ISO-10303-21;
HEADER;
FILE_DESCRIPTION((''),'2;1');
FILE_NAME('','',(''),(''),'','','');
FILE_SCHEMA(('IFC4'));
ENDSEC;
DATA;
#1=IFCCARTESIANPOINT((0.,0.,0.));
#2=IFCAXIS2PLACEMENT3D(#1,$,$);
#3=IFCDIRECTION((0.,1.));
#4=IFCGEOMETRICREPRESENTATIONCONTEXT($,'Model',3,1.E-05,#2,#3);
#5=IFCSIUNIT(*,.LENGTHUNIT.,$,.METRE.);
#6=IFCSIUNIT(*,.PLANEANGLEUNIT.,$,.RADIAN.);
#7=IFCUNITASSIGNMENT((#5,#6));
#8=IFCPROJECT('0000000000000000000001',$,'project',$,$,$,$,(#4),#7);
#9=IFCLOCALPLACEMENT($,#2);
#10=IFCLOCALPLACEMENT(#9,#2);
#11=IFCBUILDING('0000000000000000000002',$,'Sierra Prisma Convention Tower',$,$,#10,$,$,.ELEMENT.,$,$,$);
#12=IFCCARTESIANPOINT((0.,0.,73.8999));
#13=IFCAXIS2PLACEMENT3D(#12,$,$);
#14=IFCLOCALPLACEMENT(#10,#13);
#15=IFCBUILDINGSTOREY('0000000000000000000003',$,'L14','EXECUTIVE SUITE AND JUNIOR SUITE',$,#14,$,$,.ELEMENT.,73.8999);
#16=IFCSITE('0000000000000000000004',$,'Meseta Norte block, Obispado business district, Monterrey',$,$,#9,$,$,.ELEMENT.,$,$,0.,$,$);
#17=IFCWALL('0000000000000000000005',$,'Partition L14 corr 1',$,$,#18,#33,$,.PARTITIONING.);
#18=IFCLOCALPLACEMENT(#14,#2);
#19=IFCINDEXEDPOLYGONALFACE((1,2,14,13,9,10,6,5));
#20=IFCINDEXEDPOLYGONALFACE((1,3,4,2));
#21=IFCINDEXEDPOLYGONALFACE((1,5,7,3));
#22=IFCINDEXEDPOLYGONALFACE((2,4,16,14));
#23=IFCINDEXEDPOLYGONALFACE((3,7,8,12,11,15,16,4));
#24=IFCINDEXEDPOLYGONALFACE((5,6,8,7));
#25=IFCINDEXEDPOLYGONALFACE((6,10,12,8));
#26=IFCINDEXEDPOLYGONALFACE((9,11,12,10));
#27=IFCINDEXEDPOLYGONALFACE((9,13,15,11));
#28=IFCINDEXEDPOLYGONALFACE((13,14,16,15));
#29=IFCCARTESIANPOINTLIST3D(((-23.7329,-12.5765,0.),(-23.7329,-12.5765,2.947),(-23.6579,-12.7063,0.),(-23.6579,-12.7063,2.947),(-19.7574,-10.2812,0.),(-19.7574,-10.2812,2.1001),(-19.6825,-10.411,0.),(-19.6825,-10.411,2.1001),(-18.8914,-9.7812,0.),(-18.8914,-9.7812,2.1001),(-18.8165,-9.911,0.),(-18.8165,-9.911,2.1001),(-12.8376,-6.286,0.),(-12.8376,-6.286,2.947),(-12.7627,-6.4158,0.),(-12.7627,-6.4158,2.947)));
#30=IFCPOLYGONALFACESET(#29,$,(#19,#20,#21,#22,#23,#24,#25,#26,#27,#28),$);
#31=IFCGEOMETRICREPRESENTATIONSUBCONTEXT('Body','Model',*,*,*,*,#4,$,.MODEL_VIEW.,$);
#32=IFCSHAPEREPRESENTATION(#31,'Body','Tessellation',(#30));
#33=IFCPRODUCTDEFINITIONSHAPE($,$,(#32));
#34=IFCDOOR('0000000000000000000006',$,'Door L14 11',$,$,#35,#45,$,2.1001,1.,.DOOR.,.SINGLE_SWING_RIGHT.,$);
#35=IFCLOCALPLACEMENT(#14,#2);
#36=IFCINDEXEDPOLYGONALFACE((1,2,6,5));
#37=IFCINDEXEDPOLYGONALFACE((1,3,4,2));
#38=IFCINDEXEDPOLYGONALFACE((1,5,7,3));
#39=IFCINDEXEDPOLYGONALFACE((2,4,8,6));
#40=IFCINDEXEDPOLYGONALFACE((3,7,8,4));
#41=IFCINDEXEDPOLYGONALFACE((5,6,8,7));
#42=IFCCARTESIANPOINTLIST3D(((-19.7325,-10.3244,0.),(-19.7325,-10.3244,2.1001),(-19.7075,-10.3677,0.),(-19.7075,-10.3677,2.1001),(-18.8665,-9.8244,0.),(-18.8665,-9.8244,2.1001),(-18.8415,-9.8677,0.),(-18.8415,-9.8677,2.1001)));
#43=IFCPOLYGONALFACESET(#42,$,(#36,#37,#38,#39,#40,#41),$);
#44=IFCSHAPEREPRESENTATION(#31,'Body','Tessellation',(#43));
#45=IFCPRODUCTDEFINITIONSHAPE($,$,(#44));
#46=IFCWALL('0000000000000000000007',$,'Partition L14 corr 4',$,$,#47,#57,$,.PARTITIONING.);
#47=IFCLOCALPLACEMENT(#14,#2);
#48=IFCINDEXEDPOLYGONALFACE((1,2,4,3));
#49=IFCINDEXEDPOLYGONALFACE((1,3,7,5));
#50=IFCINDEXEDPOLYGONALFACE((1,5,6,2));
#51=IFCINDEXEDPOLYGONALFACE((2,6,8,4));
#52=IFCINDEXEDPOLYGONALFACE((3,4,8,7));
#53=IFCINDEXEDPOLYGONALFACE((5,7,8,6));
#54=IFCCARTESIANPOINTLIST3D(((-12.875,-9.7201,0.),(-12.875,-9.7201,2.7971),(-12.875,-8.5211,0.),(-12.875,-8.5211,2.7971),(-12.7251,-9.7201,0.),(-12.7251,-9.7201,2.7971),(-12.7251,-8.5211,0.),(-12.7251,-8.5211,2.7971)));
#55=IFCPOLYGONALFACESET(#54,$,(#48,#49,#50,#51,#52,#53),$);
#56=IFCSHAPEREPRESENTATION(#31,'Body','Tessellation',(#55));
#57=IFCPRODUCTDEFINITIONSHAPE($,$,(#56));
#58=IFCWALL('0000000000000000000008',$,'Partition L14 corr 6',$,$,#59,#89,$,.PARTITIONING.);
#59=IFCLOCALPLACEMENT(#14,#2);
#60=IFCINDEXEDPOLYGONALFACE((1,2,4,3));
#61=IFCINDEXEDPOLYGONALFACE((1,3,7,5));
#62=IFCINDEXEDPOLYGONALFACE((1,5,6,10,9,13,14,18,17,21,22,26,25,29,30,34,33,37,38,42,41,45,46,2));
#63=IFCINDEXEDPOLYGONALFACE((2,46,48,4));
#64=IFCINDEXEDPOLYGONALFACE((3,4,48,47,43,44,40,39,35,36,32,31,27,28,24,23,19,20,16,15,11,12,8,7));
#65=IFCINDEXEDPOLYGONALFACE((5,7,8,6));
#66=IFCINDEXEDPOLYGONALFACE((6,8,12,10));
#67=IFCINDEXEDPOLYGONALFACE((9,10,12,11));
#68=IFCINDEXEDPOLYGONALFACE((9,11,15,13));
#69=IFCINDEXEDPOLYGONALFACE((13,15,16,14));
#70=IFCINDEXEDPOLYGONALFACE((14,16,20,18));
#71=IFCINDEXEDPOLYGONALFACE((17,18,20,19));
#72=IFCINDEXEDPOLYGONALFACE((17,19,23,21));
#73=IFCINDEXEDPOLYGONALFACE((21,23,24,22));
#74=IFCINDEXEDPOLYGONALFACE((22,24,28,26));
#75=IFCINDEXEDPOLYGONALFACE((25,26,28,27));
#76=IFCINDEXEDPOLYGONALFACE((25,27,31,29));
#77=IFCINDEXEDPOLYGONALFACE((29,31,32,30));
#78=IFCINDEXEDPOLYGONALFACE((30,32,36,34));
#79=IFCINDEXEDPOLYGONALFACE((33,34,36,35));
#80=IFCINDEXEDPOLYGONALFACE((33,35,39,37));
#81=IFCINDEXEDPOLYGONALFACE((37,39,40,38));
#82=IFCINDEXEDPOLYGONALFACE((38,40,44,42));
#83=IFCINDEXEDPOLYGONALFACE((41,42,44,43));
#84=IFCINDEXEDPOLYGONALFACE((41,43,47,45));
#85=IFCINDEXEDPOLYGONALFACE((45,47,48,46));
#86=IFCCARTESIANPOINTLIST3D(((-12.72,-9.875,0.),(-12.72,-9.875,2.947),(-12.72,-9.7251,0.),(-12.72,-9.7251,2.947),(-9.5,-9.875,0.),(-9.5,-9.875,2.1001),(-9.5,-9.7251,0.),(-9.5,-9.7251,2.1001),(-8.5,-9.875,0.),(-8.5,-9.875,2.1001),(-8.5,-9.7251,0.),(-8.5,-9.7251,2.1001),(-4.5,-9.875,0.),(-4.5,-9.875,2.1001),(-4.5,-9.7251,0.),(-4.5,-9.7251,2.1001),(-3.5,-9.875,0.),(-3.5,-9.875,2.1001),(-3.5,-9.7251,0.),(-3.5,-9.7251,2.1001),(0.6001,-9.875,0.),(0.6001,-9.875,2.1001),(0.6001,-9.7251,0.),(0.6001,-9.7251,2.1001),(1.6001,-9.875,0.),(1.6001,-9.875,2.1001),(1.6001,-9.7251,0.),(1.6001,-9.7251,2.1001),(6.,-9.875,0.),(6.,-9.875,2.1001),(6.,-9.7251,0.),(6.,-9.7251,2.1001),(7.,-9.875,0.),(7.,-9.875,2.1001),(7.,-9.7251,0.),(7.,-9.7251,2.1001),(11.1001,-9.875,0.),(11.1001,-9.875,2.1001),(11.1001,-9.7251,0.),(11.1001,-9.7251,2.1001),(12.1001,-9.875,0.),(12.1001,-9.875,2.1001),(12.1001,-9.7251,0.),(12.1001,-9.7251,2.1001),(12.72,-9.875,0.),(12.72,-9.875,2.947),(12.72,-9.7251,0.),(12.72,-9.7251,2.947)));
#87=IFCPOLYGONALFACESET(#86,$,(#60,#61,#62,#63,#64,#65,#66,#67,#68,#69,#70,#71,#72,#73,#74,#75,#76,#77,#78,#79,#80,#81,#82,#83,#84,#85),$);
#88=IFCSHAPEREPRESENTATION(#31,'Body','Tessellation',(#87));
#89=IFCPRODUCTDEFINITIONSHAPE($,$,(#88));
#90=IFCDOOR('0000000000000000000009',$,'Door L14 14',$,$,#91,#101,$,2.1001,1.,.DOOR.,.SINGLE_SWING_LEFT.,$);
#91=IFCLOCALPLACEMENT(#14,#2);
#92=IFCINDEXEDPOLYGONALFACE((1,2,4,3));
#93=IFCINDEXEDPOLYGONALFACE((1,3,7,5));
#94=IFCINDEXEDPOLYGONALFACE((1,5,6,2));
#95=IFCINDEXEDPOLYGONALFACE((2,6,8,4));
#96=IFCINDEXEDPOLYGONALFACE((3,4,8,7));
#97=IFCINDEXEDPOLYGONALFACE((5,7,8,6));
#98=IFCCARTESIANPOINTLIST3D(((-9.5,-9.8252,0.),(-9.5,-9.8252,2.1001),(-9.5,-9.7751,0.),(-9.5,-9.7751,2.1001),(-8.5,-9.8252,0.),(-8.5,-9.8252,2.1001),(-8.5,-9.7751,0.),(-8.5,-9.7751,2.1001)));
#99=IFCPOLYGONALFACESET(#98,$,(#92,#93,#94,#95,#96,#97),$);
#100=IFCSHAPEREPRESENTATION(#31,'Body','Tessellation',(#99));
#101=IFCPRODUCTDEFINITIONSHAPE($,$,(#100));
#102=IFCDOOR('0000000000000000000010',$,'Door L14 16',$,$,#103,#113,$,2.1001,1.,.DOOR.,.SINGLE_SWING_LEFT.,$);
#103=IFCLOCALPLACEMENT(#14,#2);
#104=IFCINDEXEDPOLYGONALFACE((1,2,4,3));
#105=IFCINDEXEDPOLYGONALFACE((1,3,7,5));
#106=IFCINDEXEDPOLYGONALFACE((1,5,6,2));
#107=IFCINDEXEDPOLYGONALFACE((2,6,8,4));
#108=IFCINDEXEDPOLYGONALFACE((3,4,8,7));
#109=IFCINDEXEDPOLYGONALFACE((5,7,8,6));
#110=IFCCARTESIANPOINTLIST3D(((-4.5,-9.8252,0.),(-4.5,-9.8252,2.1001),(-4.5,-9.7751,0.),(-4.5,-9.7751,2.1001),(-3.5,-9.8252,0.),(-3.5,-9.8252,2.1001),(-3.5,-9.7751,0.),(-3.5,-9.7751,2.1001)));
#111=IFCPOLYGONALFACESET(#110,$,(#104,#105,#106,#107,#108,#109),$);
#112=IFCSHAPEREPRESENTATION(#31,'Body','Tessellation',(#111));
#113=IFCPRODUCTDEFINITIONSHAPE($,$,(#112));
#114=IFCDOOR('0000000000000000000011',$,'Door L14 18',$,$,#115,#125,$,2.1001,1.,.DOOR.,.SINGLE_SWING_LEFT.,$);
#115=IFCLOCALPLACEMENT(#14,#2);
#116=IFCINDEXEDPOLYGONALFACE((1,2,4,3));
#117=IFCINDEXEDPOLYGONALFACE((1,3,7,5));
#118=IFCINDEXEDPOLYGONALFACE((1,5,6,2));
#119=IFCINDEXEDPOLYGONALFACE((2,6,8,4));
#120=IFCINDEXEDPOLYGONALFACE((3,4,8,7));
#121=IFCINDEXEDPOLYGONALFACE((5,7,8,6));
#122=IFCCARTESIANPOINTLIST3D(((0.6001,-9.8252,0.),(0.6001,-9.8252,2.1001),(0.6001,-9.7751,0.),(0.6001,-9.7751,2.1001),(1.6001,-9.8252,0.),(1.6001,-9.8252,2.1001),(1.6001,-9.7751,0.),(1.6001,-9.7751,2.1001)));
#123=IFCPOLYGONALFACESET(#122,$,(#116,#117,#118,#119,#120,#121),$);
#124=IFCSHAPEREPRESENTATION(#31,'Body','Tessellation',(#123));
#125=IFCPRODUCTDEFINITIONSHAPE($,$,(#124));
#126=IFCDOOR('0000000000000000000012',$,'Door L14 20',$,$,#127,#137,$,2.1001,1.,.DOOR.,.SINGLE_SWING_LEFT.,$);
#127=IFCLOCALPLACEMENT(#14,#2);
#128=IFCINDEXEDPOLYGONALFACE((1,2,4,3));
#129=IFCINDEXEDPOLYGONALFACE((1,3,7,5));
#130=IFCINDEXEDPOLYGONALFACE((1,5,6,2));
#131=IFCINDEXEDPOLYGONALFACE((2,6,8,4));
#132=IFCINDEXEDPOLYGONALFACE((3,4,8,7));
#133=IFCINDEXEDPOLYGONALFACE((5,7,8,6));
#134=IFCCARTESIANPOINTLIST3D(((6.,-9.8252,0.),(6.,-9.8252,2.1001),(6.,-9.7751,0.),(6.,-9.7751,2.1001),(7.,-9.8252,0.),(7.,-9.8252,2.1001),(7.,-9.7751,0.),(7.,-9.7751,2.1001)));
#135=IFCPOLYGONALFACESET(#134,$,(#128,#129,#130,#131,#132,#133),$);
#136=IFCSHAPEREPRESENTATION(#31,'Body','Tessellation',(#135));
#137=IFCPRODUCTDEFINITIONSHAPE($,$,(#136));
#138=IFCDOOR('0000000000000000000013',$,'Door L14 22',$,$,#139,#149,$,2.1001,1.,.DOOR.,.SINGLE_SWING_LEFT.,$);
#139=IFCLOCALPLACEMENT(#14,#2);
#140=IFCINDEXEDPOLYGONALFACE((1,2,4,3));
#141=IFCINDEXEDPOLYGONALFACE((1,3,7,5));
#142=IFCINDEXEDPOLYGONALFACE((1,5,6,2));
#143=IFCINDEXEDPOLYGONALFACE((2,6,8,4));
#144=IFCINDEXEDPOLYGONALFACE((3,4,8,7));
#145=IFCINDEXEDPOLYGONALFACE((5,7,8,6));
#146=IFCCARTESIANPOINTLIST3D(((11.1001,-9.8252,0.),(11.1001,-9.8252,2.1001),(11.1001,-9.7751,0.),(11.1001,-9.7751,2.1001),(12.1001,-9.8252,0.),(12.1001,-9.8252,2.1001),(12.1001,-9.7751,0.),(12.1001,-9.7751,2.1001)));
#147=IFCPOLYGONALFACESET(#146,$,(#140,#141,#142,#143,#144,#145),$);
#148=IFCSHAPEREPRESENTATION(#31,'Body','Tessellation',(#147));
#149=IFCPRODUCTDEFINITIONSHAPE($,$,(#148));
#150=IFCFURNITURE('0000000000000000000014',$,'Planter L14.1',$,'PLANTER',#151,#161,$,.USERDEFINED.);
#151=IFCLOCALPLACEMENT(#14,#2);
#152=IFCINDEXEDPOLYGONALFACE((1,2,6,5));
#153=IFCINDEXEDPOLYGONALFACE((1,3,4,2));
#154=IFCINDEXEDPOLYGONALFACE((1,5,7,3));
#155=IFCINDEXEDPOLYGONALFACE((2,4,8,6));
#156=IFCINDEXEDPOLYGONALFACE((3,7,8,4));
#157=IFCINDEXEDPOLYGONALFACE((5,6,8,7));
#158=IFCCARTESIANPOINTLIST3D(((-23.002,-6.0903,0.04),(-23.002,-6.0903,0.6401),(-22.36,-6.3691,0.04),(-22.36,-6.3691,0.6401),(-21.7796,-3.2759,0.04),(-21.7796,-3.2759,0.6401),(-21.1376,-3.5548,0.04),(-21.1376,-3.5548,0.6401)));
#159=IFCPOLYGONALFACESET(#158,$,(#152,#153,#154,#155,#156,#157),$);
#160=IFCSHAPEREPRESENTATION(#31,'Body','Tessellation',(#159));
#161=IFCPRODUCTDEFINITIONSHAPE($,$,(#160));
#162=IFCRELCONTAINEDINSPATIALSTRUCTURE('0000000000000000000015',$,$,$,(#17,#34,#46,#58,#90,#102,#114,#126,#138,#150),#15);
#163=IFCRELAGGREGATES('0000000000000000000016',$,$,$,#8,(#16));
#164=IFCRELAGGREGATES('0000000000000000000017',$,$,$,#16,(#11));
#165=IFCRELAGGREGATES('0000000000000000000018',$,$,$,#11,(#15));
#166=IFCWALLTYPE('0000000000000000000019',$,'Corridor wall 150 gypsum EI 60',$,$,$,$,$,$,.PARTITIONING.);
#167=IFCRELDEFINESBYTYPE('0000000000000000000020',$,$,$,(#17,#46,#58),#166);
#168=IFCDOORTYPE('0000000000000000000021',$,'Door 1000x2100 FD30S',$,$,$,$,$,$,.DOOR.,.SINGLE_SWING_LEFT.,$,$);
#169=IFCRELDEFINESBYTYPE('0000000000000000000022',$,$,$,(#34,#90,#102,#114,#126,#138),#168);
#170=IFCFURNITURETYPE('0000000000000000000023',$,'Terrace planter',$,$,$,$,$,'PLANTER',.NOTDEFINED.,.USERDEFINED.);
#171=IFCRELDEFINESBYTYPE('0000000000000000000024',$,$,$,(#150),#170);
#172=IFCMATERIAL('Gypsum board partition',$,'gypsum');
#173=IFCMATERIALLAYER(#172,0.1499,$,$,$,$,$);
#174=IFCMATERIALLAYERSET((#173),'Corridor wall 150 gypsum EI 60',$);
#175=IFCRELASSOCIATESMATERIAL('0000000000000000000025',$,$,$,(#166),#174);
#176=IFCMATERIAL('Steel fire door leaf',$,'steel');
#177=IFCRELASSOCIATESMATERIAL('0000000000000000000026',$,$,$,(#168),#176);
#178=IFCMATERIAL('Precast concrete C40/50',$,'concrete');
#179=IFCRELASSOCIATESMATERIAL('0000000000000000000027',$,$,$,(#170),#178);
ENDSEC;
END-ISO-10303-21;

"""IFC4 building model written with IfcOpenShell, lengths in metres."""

from ifc_helpers import new_model, si_unit, direction, frame, frame_2d, origin, origin_2d, place, context, subcontext, project, spatial, rectangle, extrude, material, layer, layer_set, type_object, element, fill, save


model = new_model("IFC4")

# Units and contexts
model_context = context("Model", 3, precision=1e-05, world=origin(), true_north=direction((0.0, 1.0)))
body_context = subcontext(model_context, "Body", "Model", "MODEL_VIEW")
ifc_project = project(units=[si_unit("LENGTHUNIT", "METRE"), si_unit("PLANEANGLEUNIT", "RADIAN")], contexts=[model_context])

# Site, building, storey
site_placement = place(None, origin())
site = spatial("IfcSite", under=ifc_project, at=site_placement, Name="Meseta Norte block, Obispado business district, Monterrey", CompositionType="ELEMENT", RefElevation=0.0)
building_placement = place(site_placement, origin())
building = spatial("IfcBuilding", under=site, at=building_placement, Name="Sierra Prisma Convention Tower", CompositionType="ELEMENT")
storey_placement = place(building_placement, frame((0.0, 0.0, 73.8999)))
storey = spatial("IfcBuildingStorey", under=building, at=storey_placement, Name="L14", Description="EXECUTIVE SUITE AND JUNIOR SUITE", CompositionType="ELEMENT", Elevation=73.8999)

# Wall, opening, door
ifc_material_1 = material(Name="Gypsum board partition", Category="gypsum")
ifc_layer_1 = layer(ifc_material_1, 0.1499)
ifc_layer_set_1 = layer_set([ifc_layer_1], Name="Corridor wall 150 gypsum EI 60")
wall_type_1 = type_object("IfcWallType", Name="Corridor wall 150 gypsum EI 60", PredefinedType="PARTITIONING", material=ifc_layer_set_1)
wall_1_placement = place(storey_placement, frame((-12.8, -6.3508, 0.0), z_axis=(0.0, 0.0, 1.0), x_axis=(-0.86602, -0.500009, 0.0)))
wall_1 = element("IfcWall", 1, at=wall_1_placement, inside=storey, type_object=wall_type_1, Name="Partition L14 corr 1", PredefinedType="PARTITIONING", context=body_context, shape_type="SweptSolid", body=[
    extrude(rectangle(XDim=12.5808, YDim=0.1499, at=frame_2d((6.2905, 0.0))), origin(), (0.0, 0.0, 1.0), 2.947),
])
opening_1_placement = place(wall_1_placement, frame((6.9905, 0.0, 0.0)))
opening_1 = element("IfcOpeningElement", 2, at=opening_1_placement, cuts=wall_1, PredefinedType="OPENING", context=body_context, shape_type="SweptSolid", body=[
    extrude(rectangle(XDim=1.0, YDim=2.1001, at=frame_2d((0.5, 1.05))), frame((0.0, 0.075, 0.0), z_axis=(0.0, -1.0, 0.0), x_axis=(1.0, 0.0, 0.0)), (0.0, 0.0, 1.0), 0.1499),
])
ifc_material_2 = material(Name="Steel fire door leaf", Category="steel")
door_type_1 = type_object("IfcDoorType", Name="Door 1000x2100 FD30S", OperationType="SINGLE_SWING_LEFT", PredefinedType="DOOR", material=ifc_material_2)
door_1_placement = place(opening_1_placement, origin())
door_1 = element("IfcDoor", 3, at=door_1_placement, inside=storey, type_object=door_type_1, Name="Door L14 11", OperationType="SINGLE_SWING_RIGHT", OverallHeight=2.1001, OverallWidth=1.0, PredefinedType="DOOR", context=body_context, shape_type="SweptSolid", body=[
    extrude(rectangle(XDim=1.0, YDim=2.1001, at=frame_2d((0.5, 1.05))), frame((0.0, 0.0249, 0.0), z_axis=(0.0, -1.0, 0.0), x_axis=(1.0, 0.0, 0.0)), (0.0, 0.0, 1.0), 0.05),
])
fill(opening_1, door_1)

# Wall
wall_2_placement = place(storey_placement, frame((-12.8, -8.521, 0.0), z_axis=(0.0, 0.0, 1.0), x_axis=(0.0, -1.0, 0.0)))
element("IfcWall", 4, at=wall_2_placement, inside=storey, type_object=wall_type_1, Name="Partition L14 corr 4", PredefinedType="PARTITIONING", context=body_context, shape_type="SweptSolid", body=[
    extrude(rectangle(XDim=1.199, YDim=0.1499, at=frame_2d((0.5996, 0.0))), origin(), (0.0, 0.0, 1.0), 2.7971),
])

# Wall, openings, doors
wall_3_placement = place(storey_placement, frame((-12.72, -9.8, 0.0), z_axis=(0.0, 0.0, 1.0), x_axis=(1.0, 0.0, 0.0)))
wall_3 = element("IfcWall", 5, at=wall_3_placement, inside=storey, type_object=wall_type_1, Name="Partition L14 corr 6", PredefinedType="PARTITIONING", context=body_context, shape_type="SweptSolid", body=[
    extrude(rectangle(XDim=25.4399, YDim=0.1499, at=frame_2d((12.72, 0.0))), origin(), (0.0, 0.0, 1.0), 2.947),
])
opening_2_placement = place(wall_3_placement, frame((3.22, 0.0, 0.0)))
opening_2 = element("IfcOpeningElement", 6, at=opening_2_placement, cuts=wall_3, PredefinedType="OPENING", context=body_context, shape_type="SweptSolid", body=[
    extrude(rectangle(XDim=1.0, YDim=2.1001, at=frame_2d((0.5, 1.05))), frame((0.0, 0.075, 0.0), z_axis=(0.0, -1.0, 0.0), x_axis=(1.0, 0.0, 0.0)), (0.0, 0.0, 1.0), 0.1499),
])
opening_3_placement = place(wall_3_placement, frame((8.22, 0.0, 0.0)))
opening_3 = element("IfcOpeningElement", 7, at=opening_3_placement, cuts=wall_3, PredefinedType="OPENING", context=body_context, shape_type="SweptSolid", body=[
    extrude(rectangle(XDim=1.0, YDim=2.1001, at=frame_2d((0.5, 1.05))), frame((0.0, 0.075, 0.0), z_axis=(0.0, -1.0, 0.0), x_axis=(1.0, 0.0, 0.0)), (0.0, 0.0, 1.0), 0.1499),
])
opening_4_placement = place(wall_3_placement, frame((13.3201, 0.0, 0.0)))
opening_4 = element("IfcOpeningElement", 8, at=opening_4_placement, cuts=wall_3, PredefinedType="OPENING", context=body_context, shape_type="SweptSolid", body=[
    extrude(rectangle(XDim=1.0, YDim=2.1001, at=frame_2d((0.5, 1.05))), frame((0.0, 0.075, 0.0), z_axis=(0.0, -1.0, 0.0), x_axis=(1.0, 0.0, 0.0)), (0.0, 0.0, 1.0), 0.1499),
])
opening_5_placement = place(wall_3_placement, frame((18.72, 0.0, 0.0)))
opening_5 = element("IfcOpeningElement", 9, at=opening_5_placement, cuts=wall_3, PredefinedType="OPENING", context=body_context, shape_type="SweptSolid", body=[
    extrude(rectangle(XDim=1.0, YDim=2.1001, at=frame_2d((0.5, 1.05))), frame((0.0, 0.075, 0.0), z_axis=(0.0, -1.0, 0.0), x_axis=(1.0, 0.0, 0.0)), (0.0, 0.0, 1.0), 0.1499),
])
opening_6_placement = place(wall_3_placement, frame((23.8201, 0.0, 0.0)))
opening_6 = element("IfcOpeningElement", 10, at=opening_6_placement, cuts=wall_3, PredefinedType="OPENING", context=body_context, shape_type="SweptSolid", body=[
    extrude(rectangle(XDim=1.0, YDim=2.1001, at=frame_2d((0.5, 1.05))), frame((0.0, 0.075, 0.0), z_axis=(0.0, -1.0, 0.0), x_axis=(1.0, 0.0, 0.0)), (0.0, 0.0, 1.0), 0.1499),
])
door_2_placement = place(opening_2_placement, origin())
door_2 = element("IfcDoor", 11, at=door_2_placement, inside=storey, type_object=door_type_1, Name="Door L14 14", OperationType="SINGLE_SWING_LEFT", OverallHeight=2.1001, OverallWidth=1.0, PredefinedType="DOOR", context=body_context, shape_type="SweptSolid", body=[
    extrude(rectangle(XDim=1.0, YDim=2.1001, at=frame_2d((0.5, 1.05))), frame((0.0, 0.0249, 0.0), z_axis=(0.0, -1.0, 0.0), x_axis=(1.0, 0.0, 0.0)), (0.0, 0.0, 1.0), 0.05),
])
fill(opening_2, door_2)
door_3_placement = place(opening_3_placement, origin())
door_3 = element("IfcDoor", 12, at=door_3_placement, inside=storey, type_object=door_type_1, Name="Door L14 16", OperationType="SINGLE_SWING_LEFT", OverallHeight=2.1001, OverallWidth=1.0, PredefinedType="DOOR", context=body_context, shape_type="SweptSolid", body=[
    extrude(rectangle(XDim=1.0, YDim=2.1001, at=frame_2d((0.5, 1.05))), frame((0.0, 0.0249, 0.0), z_axis=(0.0, -1.0, 0.0), x_axis=(1.0, 0.0, 0.0)), (0.0, 0.0, 1.0), 0.05),
])
fill(opening_3, door_3)
door_4_placement = place(opening_4_placement, origin())
door_4 = element("IfcDoor", 13, at=door_4_placement, inside=storey, type_object=door_type_1, Name="Door L14 18", OperationType="SINGLE_SWING_LEFT", OverallHeight=2.1001, OverallWidth=1.0, PredefinedType="DOOR", context=body_context, shape_type="SweptSolid", body=[
    extrude(rectangle(XDim=1.0, YDim=2.1001, at=frame_2d((0.5, 1.05))), frame((0.0, 0.0249, 0.0), z_axis=(0.0, -1.0, 0.0), x_axis=(1.0, 0.0, 0.0)), (0.0, 0.0, 1.0), 0.05),
])
fill(opening_4, door_4)
door_5_placement = place(opening_5_placement, origin())
door_5 = element("IfcDoor", 14, at=door_5_placement, inside=storey, type_object=door_type_1, Name="Door L14 20", OperationType="SINGLE_SWING_LEFT", OverallHeight=2.1001, OverallWidth=1.0, PredefinedType="DOOR", context=body_context, shape_type="SweptSolid", body=[
    extrude(rectangle(XDim=1.0, YDim=2.1001, at=frame_2d((0.5, 1.05))), frame((0.0, 0.0249, 0.0), z_axis=(0.0, -1.0, 0.0), x_axis=(1.0, 0.0, 0.0)), (0.0, 0.0, 1.0), 0.05),
])
fill(opening_5, door_5)
door_6_placement = place(opening_6_placement, origin())
door_6 = element("IfcDoor", 15, at=door_6_placement, inside=storey, type_object=door_type_1, Name="Door L14 22", OperationType="SINGLE_SWING_LEFT", OverallHeight=2.1001, OverallWidth=1.0, PredefinedType="DOOR", context=body_context, shape_type="SweptSolid", body=[
    extrude(rectangle(XDim=1.0, YDim=2.1001, at=frame_2d((0.5, 1.05))), frame((0.0, 0.0249, 0.0), z_axis=(0.0, -1.0, 0.0), x_axis=(1.0, 0.0, 0.0)), (0.0, 0.0, 1.0), 0.05),
])
fill(opening_6, door_6)

# Furniture
ifc_material_3 = material(Name="Precast concrete C40/50", Category="concrete")
furniture_type = type_object("IfcFurnitureType", Name="Terrace planter", ElementType="PLANTER", AssemblyPlace="NOTDEFINED", PredefinedType="USERDEFINED", material=ifc_material_3)
furniture_placement = place(storey_placement, frame((-22.0698, -4.8225, 0.04), z_axis=(0.0, 0.0, 1.0), x_axis=(-0.398382, -0.91722, 0.0)))
element("IfcFurniture", 16, at=furniture_placement, inside=storey, type_object=furniture_type, Name="Planter L14.1", ObjectType="PLANTER", PredefinedType="USERDEFINED", context=body_context, shape_type="SweptSolid", body=[
    extrude(rectangle(XDim=3.0684, YDim=0.7, at=origin_2d()), origin(), (0.0, 0.0, 1.0), 0.6001),
])

save(model, "model.ifc")
